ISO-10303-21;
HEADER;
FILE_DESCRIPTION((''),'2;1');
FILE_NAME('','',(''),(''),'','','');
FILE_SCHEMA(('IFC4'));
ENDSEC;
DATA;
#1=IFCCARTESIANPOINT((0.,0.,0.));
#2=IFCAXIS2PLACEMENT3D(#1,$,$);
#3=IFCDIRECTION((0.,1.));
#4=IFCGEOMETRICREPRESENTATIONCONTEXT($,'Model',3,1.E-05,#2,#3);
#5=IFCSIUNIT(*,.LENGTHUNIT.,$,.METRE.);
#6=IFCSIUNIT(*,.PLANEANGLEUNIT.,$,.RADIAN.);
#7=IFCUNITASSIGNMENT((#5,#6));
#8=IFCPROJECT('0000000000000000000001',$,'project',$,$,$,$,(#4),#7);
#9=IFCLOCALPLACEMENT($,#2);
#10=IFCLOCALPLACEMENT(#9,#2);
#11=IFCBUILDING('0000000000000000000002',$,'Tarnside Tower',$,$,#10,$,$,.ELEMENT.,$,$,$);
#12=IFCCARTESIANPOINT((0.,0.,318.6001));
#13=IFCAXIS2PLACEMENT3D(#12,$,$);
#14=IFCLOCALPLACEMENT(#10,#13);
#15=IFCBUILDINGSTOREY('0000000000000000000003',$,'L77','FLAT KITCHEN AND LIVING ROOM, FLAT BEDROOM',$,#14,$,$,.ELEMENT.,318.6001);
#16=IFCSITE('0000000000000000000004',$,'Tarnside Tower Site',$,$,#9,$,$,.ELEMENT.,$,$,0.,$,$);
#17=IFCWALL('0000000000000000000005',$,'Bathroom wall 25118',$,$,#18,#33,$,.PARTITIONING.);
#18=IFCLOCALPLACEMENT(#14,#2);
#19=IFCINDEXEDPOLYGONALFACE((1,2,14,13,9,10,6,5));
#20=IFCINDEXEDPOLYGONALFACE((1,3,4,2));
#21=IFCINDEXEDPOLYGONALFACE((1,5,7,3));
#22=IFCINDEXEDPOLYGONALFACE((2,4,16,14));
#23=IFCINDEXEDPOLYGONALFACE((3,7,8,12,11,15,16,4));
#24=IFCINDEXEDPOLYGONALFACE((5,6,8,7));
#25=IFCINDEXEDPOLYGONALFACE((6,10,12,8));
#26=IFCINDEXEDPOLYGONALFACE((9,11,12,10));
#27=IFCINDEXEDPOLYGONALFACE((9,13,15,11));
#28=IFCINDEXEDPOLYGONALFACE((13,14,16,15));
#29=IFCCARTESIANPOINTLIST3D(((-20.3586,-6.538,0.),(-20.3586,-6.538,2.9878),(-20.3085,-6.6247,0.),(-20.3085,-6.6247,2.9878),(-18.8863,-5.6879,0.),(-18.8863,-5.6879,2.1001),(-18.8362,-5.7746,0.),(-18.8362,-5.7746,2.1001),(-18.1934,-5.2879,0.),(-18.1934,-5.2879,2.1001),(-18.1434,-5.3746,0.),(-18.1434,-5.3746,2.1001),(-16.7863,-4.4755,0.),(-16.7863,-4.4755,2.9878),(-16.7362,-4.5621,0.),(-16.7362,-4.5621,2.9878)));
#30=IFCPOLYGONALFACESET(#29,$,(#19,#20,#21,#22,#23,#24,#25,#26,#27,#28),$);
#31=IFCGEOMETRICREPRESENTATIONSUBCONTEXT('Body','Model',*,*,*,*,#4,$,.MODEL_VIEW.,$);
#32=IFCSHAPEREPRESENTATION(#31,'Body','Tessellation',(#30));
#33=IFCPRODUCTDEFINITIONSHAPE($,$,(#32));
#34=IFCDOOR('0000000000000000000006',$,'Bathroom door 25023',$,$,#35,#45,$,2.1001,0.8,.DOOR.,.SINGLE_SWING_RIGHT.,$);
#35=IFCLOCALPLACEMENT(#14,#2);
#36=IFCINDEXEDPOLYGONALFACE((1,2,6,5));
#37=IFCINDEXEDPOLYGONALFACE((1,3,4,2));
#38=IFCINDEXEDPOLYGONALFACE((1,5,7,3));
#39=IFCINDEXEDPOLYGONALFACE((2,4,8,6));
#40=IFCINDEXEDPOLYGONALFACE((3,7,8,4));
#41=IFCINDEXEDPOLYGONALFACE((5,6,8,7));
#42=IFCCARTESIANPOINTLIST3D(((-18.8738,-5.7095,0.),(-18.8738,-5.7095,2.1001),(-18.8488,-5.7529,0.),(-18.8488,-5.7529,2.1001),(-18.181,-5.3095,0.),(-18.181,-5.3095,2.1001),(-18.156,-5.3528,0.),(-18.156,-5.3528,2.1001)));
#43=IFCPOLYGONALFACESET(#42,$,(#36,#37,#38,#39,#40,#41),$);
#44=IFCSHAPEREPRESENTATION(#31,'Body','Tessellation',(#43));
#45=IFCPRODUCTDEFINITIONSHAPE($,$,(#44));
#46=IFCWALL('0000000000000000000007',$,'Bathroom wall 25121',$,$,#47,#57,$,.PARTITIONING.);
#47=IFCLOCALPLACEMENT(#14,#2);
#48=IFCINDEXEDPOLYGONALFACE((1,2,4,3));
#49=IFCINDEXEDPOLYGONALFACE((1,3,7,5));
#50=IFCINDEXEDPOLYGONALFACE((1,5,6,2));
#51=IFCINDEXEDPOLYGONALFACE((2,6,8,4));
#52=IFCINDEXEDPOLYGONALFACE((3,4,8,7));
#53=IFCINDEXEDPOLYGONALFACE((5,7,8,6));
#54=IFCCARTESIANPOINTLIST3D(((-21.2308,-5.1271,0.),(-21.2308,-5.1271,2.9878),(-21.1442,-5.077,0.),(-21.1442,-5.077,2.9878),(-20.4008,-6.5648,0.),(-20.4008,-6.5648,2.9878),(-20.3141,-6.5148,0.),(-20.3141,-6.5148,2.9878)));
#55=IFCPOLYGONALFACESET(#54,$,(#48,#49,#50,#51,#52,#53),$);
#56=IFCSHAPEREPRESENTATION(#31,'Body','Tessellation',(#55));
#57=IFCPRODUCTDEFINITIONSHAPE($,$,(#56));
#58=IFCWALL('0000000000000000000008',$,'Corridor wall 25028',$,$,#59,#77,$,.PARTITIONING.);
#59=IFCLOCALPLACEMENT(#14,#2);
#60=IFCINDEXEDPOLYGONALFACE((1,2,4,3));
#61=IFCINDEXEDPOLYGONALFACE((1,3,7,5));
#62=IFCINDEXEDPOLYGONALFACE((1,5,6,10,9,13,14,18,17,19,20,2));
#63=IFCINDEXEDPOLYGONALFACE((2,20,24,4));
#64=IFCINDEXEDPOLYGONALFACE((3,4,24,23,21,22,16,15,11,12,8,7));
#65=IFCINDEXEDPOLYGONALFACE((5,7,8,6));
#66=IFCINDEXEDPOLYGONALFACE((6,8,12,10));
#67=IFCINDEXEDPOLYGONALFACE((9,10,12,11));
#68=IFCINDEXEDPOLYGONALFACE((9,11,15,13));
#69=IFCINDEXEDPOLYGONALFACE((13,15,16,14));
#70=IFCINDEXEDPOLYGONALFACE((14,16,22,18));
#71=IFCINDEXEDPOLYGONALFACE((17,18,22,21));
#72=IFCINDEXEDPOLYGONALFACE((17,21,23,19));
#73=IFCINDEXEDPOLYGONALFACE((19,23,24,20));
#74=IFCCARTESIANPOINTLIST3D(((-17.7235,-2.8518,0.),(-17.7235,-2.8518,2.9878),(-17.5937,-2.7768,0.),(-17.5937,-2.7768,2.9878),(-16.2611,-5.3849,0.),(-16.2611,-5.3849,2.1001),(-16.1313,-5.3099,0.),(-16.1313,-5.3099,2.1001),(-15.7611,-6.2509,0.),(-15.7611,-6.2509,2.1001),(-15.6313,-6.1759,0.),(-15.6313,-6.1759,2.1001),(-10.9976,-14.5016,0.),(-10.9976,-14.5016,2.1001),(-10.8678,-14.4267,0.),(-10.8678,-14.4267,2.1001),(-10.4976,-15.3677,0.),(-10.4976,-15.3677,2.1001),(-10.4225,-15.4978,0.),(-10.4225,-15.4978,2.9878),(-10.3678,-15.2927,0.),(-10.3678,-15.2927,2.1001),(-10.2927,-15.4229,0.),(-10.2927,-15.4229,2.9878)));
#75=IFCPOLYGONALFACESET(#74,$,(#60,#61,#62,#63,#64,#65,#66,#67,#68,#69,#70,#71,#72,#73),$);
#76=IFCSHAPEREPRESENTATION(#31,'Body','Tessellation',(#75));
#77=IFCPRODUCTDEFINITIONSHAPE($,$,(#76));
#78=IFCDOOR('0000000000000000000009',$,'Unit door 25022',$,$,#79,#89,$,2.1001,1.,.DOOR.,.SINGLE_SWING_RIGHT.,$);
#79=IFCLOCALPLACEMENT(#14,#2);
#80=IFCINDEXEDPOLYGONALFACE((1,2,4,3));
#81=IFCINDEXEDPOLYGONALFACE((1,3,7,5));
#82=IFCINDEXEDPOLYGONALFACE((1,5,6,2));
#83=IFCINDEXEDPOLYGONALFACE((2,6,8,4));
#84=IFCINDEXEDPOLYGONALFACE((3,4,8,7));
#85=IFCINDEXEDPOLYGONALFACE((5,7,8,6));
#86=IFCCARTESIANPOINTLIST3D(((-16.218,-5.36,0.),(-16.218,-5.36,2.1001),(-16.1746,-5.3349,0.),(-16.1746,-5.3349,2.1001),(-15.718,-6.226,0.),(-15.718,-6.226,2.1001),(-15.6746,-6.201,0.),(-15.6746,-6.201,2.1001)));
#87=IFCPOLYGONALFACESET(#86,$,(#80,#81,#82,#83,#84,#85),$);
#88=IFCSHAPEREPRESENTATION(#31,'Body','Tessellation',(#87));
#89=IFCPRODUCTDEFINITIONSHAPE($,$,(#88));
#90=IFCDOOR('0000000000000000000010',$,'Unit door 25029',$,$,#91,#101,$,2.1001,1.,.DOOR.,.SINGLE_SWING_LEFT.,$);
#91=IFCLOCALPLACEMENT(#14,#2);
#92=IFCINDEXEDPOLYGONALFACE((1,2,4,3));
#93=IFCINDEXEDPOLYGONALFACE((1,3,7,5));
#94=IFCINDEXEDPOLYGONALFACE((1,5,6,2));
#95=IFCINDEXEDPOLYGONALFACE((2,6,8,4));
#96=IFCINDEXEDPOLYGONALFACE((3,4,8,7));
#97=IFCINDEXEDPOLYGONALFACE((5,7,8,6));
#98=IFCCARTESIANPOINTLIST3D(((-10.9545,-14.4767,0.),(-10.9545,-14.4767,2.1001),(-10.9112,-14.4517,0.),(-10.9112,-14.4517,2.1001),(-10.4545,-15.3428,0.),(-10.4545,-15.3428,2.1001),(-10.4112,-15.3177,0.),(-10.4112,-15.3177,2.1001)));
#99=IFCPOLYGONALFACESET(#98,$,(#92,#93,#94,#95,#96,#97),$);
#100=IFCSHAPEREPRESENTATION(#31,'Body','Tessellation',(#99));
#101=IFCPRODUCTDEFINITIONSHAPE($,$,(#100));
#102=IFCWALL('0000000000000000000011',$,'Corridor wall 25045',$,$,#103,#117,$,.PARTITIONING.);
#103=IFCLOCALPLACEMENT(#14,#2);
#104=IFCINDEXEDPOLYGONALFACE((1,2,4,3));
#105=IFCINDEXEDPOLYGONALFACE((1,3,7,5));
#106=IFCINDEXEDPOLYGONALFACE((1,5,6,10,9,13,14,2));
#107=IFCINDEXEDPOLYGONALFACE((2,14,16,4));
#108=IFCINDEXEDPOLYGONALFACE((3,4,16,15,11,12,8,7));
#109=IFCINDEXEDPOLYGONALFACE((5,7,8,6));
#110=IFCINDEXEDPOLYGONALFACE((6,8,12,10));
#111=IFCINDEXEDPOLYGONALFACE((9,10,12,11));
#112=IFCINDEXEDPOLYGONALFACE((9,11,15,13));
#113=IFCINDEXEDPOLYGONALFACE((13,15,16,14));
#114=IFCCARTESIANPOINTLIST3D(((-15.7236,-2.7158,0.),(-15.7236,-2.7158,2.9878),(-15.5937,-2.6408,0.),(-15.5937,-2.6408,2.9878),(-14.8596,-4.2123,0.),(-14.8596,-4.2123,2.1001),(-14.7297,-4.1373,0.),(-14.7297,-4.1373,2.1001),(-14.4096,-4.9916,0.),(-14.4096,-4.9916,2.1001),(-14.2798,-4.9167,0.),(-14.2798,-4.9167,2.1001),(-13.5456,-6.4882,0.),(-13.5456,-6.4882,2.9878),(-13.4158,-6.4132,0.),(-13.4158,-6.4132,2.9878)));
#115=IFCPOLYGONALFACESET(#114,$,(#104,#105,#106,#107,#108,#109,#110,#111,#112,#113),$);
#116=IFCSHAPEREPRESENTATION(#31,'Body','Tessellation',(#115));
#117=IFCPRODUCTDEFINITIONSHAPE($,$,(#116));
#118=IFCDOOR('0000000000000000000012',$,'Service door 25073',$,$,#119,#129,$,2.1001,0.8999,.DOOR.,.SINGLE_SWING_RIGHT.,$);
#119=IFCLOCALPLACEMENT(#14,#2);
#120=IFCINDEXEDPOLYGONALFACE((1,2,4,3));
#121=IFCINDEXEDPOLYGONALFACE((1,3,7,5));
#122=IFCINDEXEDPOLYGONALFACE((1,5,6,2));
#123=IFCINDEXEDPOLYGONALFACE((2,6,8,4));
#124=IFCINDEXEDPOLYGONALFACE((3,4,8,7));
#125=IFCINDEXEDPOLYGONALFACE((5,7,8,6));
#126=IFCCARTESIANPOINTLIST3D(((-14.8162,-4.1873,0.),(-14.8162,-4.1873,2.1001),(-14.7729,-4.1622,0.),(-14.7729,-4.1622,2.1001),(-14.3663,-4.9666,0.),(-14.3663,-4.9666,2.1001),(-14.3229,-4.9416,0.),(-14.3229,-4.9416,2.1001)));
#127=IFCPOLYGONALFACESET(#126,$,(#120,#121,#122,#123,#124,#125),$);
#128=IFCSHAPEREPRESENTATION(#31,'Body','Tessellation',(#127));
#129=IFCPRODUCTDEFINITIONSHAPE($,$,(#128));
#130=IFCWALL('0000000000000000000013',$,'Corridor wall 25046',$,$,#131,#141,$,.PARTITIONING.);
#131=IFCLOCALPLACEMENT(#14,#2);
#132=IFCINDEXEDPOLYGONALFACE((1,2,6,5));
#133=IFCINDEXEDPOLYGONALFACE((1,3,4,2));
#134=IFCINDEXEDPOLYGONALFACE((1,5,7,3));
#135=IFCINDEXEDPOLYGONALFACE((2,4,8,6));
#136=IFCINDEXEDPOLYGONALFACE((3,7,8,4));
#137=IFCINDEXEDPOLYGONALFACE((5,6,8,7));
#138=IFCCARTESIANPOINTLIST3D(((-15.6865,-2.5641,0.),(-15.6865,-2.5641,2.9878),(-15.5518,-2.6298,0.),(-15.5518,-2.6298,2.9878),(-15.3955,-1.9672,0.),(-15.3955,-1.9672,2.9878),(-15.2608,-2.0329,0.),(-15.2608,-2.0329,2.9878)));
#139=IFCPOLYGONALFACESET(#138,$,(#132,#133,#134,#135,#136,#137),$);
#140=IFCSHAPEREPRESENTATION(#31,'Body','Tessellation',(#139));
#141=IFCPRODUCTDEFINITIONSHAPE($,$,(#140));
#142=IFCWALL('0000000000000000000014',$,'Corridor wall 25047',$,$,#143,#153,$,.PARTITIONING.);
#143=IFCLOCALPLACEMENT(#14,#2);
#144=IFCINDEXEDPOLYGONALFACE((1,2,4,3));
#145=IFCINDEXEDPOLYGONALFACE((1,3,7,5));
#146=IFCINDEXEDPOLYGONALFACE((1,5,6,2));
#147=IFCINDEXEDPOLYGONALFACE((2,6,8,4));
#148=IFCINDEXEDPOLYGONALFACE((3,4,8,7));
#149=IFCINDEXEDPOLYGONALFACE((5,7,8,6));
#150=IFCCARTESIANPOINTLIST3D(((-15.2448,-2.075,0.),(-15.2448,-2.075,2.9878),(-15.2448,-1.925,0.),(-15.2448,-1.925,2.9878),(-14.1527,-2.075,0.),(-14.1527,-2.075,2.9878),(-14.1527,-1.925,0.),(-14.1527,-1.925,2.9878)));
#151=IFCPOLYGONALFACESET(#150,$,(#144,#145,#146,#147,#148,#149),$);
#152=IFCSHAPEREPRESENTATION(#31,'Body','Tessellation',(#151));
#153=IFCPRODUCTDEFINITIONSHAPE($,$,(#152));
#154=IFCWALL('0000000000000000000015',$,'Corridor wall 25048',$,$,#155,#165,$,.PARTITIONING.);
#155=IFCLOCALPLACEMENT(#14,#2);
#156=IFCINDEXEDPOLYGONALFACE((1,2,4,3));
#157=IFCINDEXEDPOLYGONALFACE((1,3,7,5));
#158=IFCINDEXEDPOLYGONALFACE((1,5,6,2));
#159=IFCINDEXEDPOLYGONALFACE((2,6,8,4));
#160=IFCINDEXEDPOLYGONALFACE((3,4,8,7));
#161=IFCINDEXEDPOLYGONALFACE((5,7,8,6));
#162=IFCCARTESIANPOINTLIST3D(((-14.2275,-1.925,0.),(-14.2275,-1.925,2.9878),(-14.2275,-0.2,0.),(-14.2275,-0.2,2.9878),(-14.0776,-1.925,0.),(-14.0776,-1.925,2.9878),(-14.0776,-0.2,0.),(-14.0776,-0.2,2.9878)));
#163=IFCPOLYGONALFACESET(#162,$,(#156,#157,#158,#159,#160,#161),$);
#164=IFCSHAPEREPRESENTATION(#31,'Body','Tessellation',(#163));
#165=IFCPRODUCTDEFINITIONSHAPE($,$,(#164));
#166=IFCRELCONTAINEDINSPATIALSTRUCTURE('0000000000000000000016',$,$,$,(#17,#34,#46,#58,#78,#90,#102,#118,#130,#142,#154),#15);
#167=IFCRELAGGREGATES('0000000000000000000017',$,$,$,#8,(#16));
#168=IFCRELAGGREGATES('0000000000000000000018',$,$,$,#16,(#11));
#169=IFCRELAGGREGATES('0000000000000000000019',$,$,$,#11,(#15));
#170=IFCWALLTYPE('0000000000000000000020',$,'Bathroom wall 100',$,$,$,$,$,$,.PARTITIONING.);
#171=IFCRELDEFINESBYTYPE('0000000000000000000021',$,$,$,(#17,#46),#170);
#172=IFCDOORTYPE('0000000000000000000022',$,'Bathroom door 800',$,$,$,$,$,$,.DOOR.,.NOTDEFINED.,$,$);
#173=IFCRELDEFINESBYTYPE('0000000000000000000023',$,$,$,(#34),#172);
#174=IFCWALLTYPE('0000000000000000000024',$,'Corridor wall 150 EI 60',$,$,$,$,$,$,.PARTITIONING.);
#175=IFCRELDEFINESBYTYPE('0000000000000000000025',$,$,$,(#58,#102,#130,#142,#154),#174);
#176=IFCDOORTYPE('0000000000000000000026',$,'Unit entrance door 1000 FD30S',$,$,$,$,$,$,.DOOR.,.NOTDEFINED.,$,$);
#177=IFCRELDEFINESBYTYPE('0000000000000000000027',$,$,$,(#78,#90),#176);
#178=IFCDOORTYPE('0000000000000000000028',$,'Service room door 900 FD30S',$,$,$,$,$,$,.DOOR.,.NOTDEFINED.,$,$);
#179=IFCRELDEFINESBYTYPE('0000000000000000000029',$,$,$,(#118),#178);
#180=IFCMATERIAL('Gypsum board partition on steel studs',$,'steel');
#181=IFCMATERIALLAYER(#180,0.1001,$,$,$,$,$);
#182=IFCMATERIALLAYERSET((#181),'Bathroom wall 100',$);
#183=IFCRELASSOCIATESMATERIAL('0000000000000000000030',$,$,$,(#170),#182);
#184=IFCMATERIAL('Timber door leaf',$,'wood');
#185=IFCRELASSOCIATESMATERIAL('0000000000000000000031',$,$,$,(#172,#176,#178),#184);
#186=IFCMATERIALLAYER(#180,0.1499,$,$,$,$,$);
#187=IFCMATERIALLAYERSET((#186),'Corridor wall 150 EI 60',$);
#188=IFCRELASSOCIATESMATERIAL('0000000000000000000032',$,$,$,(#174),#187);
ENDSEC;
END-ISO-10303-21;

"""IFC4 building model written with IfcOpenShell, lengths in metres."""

from ifc_helpers import new_model, si_unit, direction, frame, frame_2d, origin, place, context, subcontext, project, spatial, rectangle, extrude, material, layer, layer_set, type_object, element, fill, save


model = new_model("IFC4")

# Units and contexts
model_context = context("Model", 3, precision=1e-05, world=origin(), true_north=direction((0.0, 1.0)))
body_context = subcontext(model_context, "Body", "Model", "MODEL_VIEW")
ifc_project = project(units=[si_unit("LENGTHUNIT", "METRE"), si_unit("PLANEANGLEUNIT", "RADIAN")], contexts=[model_context])

# Site, building, storey
site_placement = place(None, origin())
site = spatial("IfcSite", under=ifc_project, at=site_placement, Name="Tarnside Tower Site", CompositionType="ELEMENT", RefElevation=0.0)
building_placement = place(site_placement, origin())
building = spatial("IfcBuilding", under=site, at=building_placement, Name="Tarnside Tower", CompositionType="ELEMENT")
storey_placement = place(building_placement, frame((0.0, 0.0, 318.6001)))
storey = spatial("IfcBuildingStorey", under=building, at=storey_placement, Name="L77", Description="FLAT KITCHEN AND LIVING ROOM, FLAT BEDROOM", CompositionType="ELEMENT", Elevation=318.6001)

# Wall, opening, door
ifc_material_1 = material(Name="Gypsum board partition on steel studs", Category="steel")
ifc_layer_1 = layer(ifc_material_1, 0.1001)
ifc_layer_set_1 = layer_set([ifc_layer_1], Name="Bathroom wall 100")
wall_type_1 = type_object("IfcWallType", Name="Bathroom wall 100", PredefinedType="PARTITIONING", material=ifc_layer_set_1)
wall_1_placement = place(storey_placement, frame((-16.7612, -4.5188, 0.0), z_axis=(0.0, 0.0, 1.0), x_axis=(-0.86602, -0.500009, 0.0)))
wall_1 = element("IfcWall", 1, at=wall_1_placement, inside=storey, type_object=wall_type_1, Name="Bathroom wall 25118", PredefinedType="PARTITIONING", context=body_context, shape_type="SweptSolid", body=[
    extrude(rectangle(XDim=4.125, YDim=0.1001, at=frame_2d((2.0625, 0.0))), origin(), (0.0, 0.0, 1.0), 2.9878),
])
opening_1_placement = place(wall_1_placement, frame((1.625, 0.0, 0.0)))
opening_1 = element("IfcOpeningElement", 2, at=opening_1_placement, cuts=wall_1, PredefinedType="OPENING", context=body_context, shape_type="SweptSolid", body=[
    extrude(rectangle(XDim=0.8, YDim=2.1001, at=frame_2d((0.3999, 1.05))), frame((0.0, 0.0601, 0.0), z_axis=(0.0, -1.0, 0.0), x_axis=(1.0, 0.0, 0.0)), (0.0, 0.0, 1.0), 0.1201),
])
ifc_material_2 = material(Name="Timber door leaf", Category="wood")
door_type_1 = type_object("IfcDoorType", Name="Bathroom door 800", OperationType="NOTDEFINED", PredefinedType="DOOR", material=ifc_material_2)
door_1_placement = place(opening_1_placement, origin())
door_1 = element("IfcDoor", 3, at=door_1_placement, inside=storey, type_object=door_type_1, Name="Bathroom door 25023", OperationType="SINGLE_SWING_RIGHT", OverallHeight=2.1001, OverallWidth=0.8, PredefinedType="DOOR", context=body_context, shape_type="SweptSolid", body=[
    extrude(rectangle(XDim=0.8, YDim=2.1001, at=frame_2d((0.3999, 1.05))), frame((0.0, 0.0249, 0.0), z_axis=(0.0, -1.0, 0.0), x_axis=(1.0, 0.0, 0.0)), (0.0, 0.0, 1.0), 0.05),
])
fill(opening_1, door_1)

# Wall
wall_2_placement = place(storey_placement, frame((-21.1875, -5.1021, 0.0), z_axis=(0.0, 0.0, 1.0), x_axis=(0.499998, -0.866026, 0.0)))
element("IfcWall", 4, at=wall_2_placement, inside=storey, type_object=wall_type_1, Name="Bathroom wall 25121", PredefinedType="PARTITIONING", context=body_context, shape_type="SweptSolid", body=[
    extrude(rectangle(XDim=1.6602, YDim=0.1001, at=frame_2d((0.8301, 0.0))), origin(), (0.0, 0.0, 1.0), 2.9878),
])

# Wall, openings, doors
ifc_layer_2 = layer(ifc_material_1, 0.1499)
ifc_layer_set_2 = layer_set([ifc_layer_2], Name="Corridor wall 150 EI 60")
wall_type_2 = type_object("IfcWallType", Name="Corridor wall 150 EI 60", PredefinedType="PARTITIONING", material=ifc_layer_set_2)
wall_3_placement = place(storey_placement, frame((-17.6587, -2.8142, 0.0), z_axis=(0.0, 0.0, 1.0), x_axis=(0.499993, -0.86603, 0.0)))
wall_3 = element("IfcWall", 5, at=wall_3_placement, inside=storey, type_object=wall_type_2, Name="Corridor wall 25028", PredefinedType="PARTITIONING", context=body_context, shape_type="SweptSolid", body=[
    extrude(rectangle(XDim=14.6023, YDim=0.1499, at=frame_2d((7.3013, 0.0))), origin(), (0.0, 0.0, 1.0), 2.9878),
])
opening_2_placement = place(wall_3_placement, frame((2.925, 0.0, 0.0)))
opening_2 = element("IfcOpeningElement", 6, at=opening_2_placement, cuts=wall_3, PredefinedType="OPENING", context=body_context, shape_type="SweptSolid", body=[
    extrude(rectangle(XDim=1.0, YDim=2.1001, at=frame_2d((0.5, 1.05))), frame((0.0, 0.085, 0.0), z_axis=(0.0, -1.0, 0.0), x_axis=(1.0, 0.0, 0.0)), (0.0, 0.0, 1.0), 0.1699),
])
opening_3_placement = place(wall_3_placement, frame((13.4521, 0.0, 0.0)))
opening_3 = element("IfcOpeningElement", 7, at=opening_3_placement, cuts=wall_3, PredefinedType="OPENING", context=body_context, shape_type="SweptSolid", body=[
    extrude(rectangle(XDim=1.0, YDim=2.1001, at=frame_2d((0.5, 1.05))), frame((0.0, 0.085, 0.0), z_axis=(0.0, -1.0, 0.0), x_axis=(1.0, 0.0, 0.0)), (0.0, 0.0, 1.0), 0.1699),
])
door_type_2 = type_object("IfcDoorType", Name="Unit entrance door 1000 FD30S", OperationType="NOTDEFINED", PredefinedType="DOOR", material=ifc_material_2)
door_2_placement = place(opening_2_placement, origin())
door_2 = element("IfcDoor", 8, at=door_2_placement, inside=storey, type_object=door_type_2, Name="Unit door 25022", OperationType="SINGLE_SWING_RIGHT", OverallHeight=2.1001, OverallWidth=1.0, PredefinedType="DOOR", context=body_context, shape_type="SweptSolid", body=[
    extrude(rectangle(XDim=1.0, YDim=2.1001, at=frame_2d((0.5, 1.05))), frame((0.0, 0.0249, 0.0), z_axis=(0.0, -1.0, 0.0), x_axis=(1.0, 0.0, 0.0)), (0.0, 0.0, 1.0), 0.05),
])
fill(opening_2, door_2)
door_3_placement = place(opening_3_placement, origin())
door_3 = element("IfcDoor", 9, at=door_3_placement, inside=storey, type_object=door_type_2, Name="Unit door 25029", OperationType="SINGLE_SWING_LEFT", OverallHeight=2.1001, OverallWidth=1.0, PredefinedType="DOOR", context=body_context, shape_type="SweptSolid", body=[
    extrude(rectangle(XDim=1.0, YDim=2.1001, at=frame_2d((0.5, 1.05))), frame((0.0, 0.0249, 0.0), z_axis=(0.0, -1.0, 0.0), x_axis=(1.0, 0.0, 0.0)), (0.0, 0.0, 1.0), 0.05),
])
fill(opening_3, door_3)

# Wall, opening, door
wall_4_placement = place(storey_placement, frame((-13.4807, -6.4507, 0.0), z_axis=(0.0, 0.0, 1.0), x_axis=(-0.499991, 0.866031, 0.0)))
wall_4 = element("IfcWall", 10, at=wall_4_placement, inside=storey, type_object=wall_type_2, Name="Corridor wall 25045", PredefinedType="PARTITIONING", context=body_context, shape_type="SweptSolid", body=[
    extrude(rectangle(XDim=4.356, YDim=0.1499, at=frame_2d((2.178, 0.0))), origin(), (0.0, 0.0, 1.0), 2.9878),
])
opening_4_placement = place(wall_4_placement, frame((1.728, 0.0, 0.0)))
opening_4 = element("IfcOpeningElement", 11, at=opening_4_placement, cuts=wall_4, PredefinedType="OPENING", context=body_context, shape_type="SweptSolid", body=[
    extrude(rectangle(XDim=0.8999, YDim=2.1001, at=frame_2d((0.45, 1.05))), frame((0.0, 0.085, 0.0), z_axis=(0.0, -1.0, 0.0), x_axis=(1.0, 0.0, 0.0)), (0.0, 0.0, 1.0), 0.1699),
])
door_type_3 = type_object("IfcDoorType", Name="Service room door 900 FD30S", OperationType="NOTDEFINED", PredefinedType="DOOR", material=ifc_material_2)
door_4_placement = place(opening_4_placement, origin())
door_4 = element("IfcDoor", 12, at=door_4_placement, inside=storey, type_object=door_type_3, Name="Service door 25073", OperationType="SINGLE_SWING_RIGHT", OverallHeight=2.1001, OverallWidth=0.8999, PredefinedType="DOOR", context=body_context, shape_type="SweptSolid", body=[
    extrude(rectangle(XDim=0.8999, YDim=2.1001, at=frame_2d((0.45, 1.05))), frame((0.0, 0.0249, 0.0), z_axis=(0.0, -1.0, 0.0), x_axis=(1.0, 0.0, 0.0)), (0.0, 0.0, 1.0), 0.05),
])
fill(opening_4, door_4)

# Walls
wall_5_placement = place(storey_placement, frame((-15.6191, -2.5969, 0.0), z_axis=(0.0, 0.0, 1.0), x_axis=(0.438221, 0.898867, 0.0)))
element("IfcWall", 13, at=wall_5_placement, inside=storey, type_object=wall_type_2, Name="Corridor wall 25046", PredefinedType="PARTITIONING", context=body_context, shape_type="SweptSolid", body=[
    extrude(rectangle(XDim=0.6641, YDim=0.1499, at=frame_2d((0.332, 0.0))), origin(), (0.0, 0.0, 1.0), 2.9878),
])
wall_6_placement = place(storey_placement, frame((-15.2446, -2.0, 0.0), z_axis=(0.0, 0.0, 1.0), x_axis=(1.0, 0.0, 0.0)))
element("IfcWall", 14, at=wall_6_placement, inside=storey, type_object=wall_type_2, Name="Corridor wall 25047", PredefinedType="PARTITIONING", context=body_context, shape_type="SweptSolid", body=[
    extrude(rectangle(XDim=1.092, YDim=0.1499, at=frame_2d((0.5459, 0.0))), origin(), (0.0, 0.0, 1.0), 2.9878),
])
wall_7_placement = place(storey_placement, frame((-14.1526, -1.925, 0.0), z_axis=(0.0, 0.0, 1.0), x_axis=(0.0, 1.0, 0.0)))
element("IfcWall", 15, at=wall_7_placement, inside=storey, type_object=wall_type_2, Name="Corridor wall 25048", PredefinedType="PARTITIONING", context=body_context, shape_type="SweptSolid", body=[
    extrude(rectangle(XDim=1.7251, YDim=0.1499, at=frame_2d((0.8625, 0.0))), origin(), (0.0, 0.0, 1.0), 2.9878),
])

save(model, "model.ifc")
